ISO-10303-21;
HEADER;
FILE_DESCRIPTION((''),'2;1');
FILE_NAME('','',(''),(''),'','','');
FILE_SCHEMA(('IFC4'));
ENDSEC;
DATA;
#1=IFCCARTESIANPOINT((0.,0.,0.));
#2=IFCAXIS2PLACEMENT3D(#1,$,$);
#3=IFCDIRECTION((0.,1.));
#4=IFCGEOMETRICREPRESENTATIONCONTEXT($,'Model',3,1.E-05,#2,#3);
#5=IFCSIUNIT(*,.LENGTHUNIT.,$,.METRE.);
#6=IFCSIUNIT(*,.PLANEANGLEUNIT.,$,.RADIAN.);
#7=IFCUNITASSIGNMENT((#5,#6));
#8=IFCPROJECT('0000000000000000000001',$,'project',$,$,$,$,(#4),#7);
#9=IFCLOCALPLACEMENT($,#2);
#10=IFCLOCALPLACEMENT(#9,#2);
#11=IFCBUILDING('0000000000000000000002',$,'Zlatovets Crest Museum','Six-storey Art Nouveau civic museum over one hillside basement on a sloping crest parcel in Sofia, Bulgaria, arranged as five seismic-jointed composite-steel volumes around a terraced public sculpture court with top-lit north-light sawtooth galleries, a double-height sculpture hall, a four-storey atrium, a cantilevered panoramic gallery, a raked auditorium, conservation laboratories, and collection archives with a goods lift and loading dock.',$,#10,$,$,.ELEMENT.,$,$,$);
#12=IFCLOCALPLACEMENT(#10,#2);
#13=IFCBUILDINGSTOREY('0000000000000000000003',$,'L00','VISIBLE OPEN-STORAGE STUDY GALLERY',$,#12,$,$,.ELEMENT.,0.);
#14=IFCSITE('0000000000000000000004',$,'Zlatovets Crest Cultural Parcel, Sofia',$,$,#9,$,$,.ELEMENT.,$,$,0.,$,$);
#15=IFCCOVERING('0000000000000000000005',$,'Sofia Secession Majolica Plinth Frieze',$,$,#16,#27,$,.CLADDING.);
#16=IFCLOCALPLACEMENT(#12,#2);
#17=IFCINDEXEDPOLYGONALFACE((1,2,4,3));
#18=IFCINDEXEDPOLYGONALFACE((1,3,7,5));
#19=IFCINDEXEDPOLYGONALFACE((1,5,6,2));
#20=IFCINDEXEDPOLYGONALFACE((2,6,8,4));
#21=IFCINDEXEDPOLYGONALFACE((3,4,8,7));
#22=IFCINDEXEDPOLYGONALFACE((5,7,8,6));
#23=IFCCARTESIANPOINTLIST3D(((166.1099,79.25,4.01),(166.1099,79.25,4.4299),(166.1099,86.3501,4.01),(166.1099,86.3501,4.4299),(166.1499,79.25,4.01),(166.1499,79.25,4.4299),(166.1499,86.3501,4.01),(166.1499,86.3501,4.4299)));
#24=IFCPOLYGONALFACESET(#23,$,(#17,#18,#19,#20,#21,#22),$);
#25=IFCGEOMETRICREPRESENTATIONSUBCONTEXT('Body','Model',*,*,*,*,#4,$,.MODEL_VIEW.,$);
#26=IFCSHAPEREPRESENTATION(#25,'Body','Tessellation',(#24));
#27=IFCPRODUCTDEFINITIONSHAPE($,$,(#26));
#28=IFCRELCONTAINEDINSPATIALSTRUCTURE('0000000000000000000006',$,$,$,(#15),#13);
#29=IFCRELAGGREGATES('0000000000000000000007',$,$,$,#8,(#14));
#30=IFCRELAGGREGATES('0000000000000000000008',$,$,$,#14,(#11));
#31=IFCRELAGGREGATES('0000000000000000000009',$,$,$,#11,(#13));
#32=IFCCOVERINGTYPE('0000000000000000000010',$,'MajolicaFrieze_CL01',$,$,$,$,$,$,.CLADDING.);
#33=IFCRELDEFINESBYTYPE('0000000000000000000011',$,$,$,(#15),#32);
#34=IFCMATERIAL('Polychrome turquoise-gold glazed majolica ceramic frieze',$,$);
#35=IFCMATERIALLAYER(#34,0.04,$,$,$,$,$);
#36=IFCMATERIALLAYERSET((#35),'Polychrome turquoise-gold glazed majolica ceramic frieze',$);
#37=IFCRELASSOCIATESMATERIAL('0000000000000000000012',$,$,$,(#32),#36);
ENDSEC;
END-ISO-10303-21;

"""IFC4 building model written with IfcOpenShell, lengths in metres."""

from ifc_helpers import new_model, si_unit, direction, frame, origin, origin_2d, place, context, subcontext, project, spatial, rectangle, extrude, material, layer, layer_set, type_object, element, save


model = new_model("IFC4")

# Units and contexts
model_context = context("Model", 3, precision=1e-05, world=origin(), true_north=direction((0.0, 1.0)))
body_context = subcontext(model_context, "Body", "Model", "MODEL_VIEW")
ifc_project = project(units=[si_unit("LENGTHUNIT", "METRE"), si_unit("PLANEANGLEUNIT", "RADIAN")], contexts=[model_context])

# Site, building, storey
site_placement = place(None, origin())
site = spatial("IfcSite", under=ifc_project, at=site_placement, Name="Zlatovets Crest Cultural Parcel, Sofia", CompositionType="ELEMENT", RefElevation=0.0)
building_placement = place(site_placement, origin())
building = spatial("IfcBuilding", under=site, at=building_placement, Name="Zlatovets Crest Museum", Description="Six-storey Art Nouveau civic museum over one hillside basement on a sloping crest parcel in Sofia, Bulgaria, arranged as five seismic-jointed composite-steel volumes around a terraced public sculpture court with top-lit north-light sawtooth galleries, a double-height sculpture hall, a four-storey atrium, a cantilevered panoramic gallery, a raked auditorium, conservation laboratories, and collection archives with a goods lift and loading dock.", CompositionType="ELEMENT")
storey_placement = place(building_placement, origin())
storey = spatial("IfcBuildingStorey", under=building, at=storey_placement, Name="L00", Description="VISIBLE OPEN-STORAGE STUDY GALLERY", CompositionType="ELEMENT", Elevation=0.0)

# Covering
ifc_material_1 = material(Name="Polychrome turquoise-gold glazed majolica ceramic frieze")
ifc_layer_1 = layer(ifc_material_1, 0.04)
ifc_layer_set_1 = layer_set([ifc_layer_1], Name="Polychrome turquoise-gold glazed majolica ceramic frieze")
covering_type = type_object("IfcCoveringType", Name="MajolicaFrieze_CL01", PredefinedType="CLADDING", material=ifc_layer_set_1)
for number, where, z_axis, x_axis, name in (
    (1, (166.1299, 82.8, 4.01), (0.0, 0.0, 1.0), (0.0, 1.0, 0.0), "Sofia Secession Majolica Plinth Frieze"),
):
    element("IfcCovering", number, at=place(storey_placement, frame(where, z_axis=z_axis, x_axis=x_axis)), inside=storey, type_object=covering_type, Name=name, PredefinedType="CLADDING", context=body_context, shape_type="SweptSolid", body=[
        extrude(rectangle(XDim=7.1001, YDim=0.04, at=origin_2d()), origin(), (0.0, 0.0, 1.0), 0.4199),
    ])

save(model, "model.ifc")
